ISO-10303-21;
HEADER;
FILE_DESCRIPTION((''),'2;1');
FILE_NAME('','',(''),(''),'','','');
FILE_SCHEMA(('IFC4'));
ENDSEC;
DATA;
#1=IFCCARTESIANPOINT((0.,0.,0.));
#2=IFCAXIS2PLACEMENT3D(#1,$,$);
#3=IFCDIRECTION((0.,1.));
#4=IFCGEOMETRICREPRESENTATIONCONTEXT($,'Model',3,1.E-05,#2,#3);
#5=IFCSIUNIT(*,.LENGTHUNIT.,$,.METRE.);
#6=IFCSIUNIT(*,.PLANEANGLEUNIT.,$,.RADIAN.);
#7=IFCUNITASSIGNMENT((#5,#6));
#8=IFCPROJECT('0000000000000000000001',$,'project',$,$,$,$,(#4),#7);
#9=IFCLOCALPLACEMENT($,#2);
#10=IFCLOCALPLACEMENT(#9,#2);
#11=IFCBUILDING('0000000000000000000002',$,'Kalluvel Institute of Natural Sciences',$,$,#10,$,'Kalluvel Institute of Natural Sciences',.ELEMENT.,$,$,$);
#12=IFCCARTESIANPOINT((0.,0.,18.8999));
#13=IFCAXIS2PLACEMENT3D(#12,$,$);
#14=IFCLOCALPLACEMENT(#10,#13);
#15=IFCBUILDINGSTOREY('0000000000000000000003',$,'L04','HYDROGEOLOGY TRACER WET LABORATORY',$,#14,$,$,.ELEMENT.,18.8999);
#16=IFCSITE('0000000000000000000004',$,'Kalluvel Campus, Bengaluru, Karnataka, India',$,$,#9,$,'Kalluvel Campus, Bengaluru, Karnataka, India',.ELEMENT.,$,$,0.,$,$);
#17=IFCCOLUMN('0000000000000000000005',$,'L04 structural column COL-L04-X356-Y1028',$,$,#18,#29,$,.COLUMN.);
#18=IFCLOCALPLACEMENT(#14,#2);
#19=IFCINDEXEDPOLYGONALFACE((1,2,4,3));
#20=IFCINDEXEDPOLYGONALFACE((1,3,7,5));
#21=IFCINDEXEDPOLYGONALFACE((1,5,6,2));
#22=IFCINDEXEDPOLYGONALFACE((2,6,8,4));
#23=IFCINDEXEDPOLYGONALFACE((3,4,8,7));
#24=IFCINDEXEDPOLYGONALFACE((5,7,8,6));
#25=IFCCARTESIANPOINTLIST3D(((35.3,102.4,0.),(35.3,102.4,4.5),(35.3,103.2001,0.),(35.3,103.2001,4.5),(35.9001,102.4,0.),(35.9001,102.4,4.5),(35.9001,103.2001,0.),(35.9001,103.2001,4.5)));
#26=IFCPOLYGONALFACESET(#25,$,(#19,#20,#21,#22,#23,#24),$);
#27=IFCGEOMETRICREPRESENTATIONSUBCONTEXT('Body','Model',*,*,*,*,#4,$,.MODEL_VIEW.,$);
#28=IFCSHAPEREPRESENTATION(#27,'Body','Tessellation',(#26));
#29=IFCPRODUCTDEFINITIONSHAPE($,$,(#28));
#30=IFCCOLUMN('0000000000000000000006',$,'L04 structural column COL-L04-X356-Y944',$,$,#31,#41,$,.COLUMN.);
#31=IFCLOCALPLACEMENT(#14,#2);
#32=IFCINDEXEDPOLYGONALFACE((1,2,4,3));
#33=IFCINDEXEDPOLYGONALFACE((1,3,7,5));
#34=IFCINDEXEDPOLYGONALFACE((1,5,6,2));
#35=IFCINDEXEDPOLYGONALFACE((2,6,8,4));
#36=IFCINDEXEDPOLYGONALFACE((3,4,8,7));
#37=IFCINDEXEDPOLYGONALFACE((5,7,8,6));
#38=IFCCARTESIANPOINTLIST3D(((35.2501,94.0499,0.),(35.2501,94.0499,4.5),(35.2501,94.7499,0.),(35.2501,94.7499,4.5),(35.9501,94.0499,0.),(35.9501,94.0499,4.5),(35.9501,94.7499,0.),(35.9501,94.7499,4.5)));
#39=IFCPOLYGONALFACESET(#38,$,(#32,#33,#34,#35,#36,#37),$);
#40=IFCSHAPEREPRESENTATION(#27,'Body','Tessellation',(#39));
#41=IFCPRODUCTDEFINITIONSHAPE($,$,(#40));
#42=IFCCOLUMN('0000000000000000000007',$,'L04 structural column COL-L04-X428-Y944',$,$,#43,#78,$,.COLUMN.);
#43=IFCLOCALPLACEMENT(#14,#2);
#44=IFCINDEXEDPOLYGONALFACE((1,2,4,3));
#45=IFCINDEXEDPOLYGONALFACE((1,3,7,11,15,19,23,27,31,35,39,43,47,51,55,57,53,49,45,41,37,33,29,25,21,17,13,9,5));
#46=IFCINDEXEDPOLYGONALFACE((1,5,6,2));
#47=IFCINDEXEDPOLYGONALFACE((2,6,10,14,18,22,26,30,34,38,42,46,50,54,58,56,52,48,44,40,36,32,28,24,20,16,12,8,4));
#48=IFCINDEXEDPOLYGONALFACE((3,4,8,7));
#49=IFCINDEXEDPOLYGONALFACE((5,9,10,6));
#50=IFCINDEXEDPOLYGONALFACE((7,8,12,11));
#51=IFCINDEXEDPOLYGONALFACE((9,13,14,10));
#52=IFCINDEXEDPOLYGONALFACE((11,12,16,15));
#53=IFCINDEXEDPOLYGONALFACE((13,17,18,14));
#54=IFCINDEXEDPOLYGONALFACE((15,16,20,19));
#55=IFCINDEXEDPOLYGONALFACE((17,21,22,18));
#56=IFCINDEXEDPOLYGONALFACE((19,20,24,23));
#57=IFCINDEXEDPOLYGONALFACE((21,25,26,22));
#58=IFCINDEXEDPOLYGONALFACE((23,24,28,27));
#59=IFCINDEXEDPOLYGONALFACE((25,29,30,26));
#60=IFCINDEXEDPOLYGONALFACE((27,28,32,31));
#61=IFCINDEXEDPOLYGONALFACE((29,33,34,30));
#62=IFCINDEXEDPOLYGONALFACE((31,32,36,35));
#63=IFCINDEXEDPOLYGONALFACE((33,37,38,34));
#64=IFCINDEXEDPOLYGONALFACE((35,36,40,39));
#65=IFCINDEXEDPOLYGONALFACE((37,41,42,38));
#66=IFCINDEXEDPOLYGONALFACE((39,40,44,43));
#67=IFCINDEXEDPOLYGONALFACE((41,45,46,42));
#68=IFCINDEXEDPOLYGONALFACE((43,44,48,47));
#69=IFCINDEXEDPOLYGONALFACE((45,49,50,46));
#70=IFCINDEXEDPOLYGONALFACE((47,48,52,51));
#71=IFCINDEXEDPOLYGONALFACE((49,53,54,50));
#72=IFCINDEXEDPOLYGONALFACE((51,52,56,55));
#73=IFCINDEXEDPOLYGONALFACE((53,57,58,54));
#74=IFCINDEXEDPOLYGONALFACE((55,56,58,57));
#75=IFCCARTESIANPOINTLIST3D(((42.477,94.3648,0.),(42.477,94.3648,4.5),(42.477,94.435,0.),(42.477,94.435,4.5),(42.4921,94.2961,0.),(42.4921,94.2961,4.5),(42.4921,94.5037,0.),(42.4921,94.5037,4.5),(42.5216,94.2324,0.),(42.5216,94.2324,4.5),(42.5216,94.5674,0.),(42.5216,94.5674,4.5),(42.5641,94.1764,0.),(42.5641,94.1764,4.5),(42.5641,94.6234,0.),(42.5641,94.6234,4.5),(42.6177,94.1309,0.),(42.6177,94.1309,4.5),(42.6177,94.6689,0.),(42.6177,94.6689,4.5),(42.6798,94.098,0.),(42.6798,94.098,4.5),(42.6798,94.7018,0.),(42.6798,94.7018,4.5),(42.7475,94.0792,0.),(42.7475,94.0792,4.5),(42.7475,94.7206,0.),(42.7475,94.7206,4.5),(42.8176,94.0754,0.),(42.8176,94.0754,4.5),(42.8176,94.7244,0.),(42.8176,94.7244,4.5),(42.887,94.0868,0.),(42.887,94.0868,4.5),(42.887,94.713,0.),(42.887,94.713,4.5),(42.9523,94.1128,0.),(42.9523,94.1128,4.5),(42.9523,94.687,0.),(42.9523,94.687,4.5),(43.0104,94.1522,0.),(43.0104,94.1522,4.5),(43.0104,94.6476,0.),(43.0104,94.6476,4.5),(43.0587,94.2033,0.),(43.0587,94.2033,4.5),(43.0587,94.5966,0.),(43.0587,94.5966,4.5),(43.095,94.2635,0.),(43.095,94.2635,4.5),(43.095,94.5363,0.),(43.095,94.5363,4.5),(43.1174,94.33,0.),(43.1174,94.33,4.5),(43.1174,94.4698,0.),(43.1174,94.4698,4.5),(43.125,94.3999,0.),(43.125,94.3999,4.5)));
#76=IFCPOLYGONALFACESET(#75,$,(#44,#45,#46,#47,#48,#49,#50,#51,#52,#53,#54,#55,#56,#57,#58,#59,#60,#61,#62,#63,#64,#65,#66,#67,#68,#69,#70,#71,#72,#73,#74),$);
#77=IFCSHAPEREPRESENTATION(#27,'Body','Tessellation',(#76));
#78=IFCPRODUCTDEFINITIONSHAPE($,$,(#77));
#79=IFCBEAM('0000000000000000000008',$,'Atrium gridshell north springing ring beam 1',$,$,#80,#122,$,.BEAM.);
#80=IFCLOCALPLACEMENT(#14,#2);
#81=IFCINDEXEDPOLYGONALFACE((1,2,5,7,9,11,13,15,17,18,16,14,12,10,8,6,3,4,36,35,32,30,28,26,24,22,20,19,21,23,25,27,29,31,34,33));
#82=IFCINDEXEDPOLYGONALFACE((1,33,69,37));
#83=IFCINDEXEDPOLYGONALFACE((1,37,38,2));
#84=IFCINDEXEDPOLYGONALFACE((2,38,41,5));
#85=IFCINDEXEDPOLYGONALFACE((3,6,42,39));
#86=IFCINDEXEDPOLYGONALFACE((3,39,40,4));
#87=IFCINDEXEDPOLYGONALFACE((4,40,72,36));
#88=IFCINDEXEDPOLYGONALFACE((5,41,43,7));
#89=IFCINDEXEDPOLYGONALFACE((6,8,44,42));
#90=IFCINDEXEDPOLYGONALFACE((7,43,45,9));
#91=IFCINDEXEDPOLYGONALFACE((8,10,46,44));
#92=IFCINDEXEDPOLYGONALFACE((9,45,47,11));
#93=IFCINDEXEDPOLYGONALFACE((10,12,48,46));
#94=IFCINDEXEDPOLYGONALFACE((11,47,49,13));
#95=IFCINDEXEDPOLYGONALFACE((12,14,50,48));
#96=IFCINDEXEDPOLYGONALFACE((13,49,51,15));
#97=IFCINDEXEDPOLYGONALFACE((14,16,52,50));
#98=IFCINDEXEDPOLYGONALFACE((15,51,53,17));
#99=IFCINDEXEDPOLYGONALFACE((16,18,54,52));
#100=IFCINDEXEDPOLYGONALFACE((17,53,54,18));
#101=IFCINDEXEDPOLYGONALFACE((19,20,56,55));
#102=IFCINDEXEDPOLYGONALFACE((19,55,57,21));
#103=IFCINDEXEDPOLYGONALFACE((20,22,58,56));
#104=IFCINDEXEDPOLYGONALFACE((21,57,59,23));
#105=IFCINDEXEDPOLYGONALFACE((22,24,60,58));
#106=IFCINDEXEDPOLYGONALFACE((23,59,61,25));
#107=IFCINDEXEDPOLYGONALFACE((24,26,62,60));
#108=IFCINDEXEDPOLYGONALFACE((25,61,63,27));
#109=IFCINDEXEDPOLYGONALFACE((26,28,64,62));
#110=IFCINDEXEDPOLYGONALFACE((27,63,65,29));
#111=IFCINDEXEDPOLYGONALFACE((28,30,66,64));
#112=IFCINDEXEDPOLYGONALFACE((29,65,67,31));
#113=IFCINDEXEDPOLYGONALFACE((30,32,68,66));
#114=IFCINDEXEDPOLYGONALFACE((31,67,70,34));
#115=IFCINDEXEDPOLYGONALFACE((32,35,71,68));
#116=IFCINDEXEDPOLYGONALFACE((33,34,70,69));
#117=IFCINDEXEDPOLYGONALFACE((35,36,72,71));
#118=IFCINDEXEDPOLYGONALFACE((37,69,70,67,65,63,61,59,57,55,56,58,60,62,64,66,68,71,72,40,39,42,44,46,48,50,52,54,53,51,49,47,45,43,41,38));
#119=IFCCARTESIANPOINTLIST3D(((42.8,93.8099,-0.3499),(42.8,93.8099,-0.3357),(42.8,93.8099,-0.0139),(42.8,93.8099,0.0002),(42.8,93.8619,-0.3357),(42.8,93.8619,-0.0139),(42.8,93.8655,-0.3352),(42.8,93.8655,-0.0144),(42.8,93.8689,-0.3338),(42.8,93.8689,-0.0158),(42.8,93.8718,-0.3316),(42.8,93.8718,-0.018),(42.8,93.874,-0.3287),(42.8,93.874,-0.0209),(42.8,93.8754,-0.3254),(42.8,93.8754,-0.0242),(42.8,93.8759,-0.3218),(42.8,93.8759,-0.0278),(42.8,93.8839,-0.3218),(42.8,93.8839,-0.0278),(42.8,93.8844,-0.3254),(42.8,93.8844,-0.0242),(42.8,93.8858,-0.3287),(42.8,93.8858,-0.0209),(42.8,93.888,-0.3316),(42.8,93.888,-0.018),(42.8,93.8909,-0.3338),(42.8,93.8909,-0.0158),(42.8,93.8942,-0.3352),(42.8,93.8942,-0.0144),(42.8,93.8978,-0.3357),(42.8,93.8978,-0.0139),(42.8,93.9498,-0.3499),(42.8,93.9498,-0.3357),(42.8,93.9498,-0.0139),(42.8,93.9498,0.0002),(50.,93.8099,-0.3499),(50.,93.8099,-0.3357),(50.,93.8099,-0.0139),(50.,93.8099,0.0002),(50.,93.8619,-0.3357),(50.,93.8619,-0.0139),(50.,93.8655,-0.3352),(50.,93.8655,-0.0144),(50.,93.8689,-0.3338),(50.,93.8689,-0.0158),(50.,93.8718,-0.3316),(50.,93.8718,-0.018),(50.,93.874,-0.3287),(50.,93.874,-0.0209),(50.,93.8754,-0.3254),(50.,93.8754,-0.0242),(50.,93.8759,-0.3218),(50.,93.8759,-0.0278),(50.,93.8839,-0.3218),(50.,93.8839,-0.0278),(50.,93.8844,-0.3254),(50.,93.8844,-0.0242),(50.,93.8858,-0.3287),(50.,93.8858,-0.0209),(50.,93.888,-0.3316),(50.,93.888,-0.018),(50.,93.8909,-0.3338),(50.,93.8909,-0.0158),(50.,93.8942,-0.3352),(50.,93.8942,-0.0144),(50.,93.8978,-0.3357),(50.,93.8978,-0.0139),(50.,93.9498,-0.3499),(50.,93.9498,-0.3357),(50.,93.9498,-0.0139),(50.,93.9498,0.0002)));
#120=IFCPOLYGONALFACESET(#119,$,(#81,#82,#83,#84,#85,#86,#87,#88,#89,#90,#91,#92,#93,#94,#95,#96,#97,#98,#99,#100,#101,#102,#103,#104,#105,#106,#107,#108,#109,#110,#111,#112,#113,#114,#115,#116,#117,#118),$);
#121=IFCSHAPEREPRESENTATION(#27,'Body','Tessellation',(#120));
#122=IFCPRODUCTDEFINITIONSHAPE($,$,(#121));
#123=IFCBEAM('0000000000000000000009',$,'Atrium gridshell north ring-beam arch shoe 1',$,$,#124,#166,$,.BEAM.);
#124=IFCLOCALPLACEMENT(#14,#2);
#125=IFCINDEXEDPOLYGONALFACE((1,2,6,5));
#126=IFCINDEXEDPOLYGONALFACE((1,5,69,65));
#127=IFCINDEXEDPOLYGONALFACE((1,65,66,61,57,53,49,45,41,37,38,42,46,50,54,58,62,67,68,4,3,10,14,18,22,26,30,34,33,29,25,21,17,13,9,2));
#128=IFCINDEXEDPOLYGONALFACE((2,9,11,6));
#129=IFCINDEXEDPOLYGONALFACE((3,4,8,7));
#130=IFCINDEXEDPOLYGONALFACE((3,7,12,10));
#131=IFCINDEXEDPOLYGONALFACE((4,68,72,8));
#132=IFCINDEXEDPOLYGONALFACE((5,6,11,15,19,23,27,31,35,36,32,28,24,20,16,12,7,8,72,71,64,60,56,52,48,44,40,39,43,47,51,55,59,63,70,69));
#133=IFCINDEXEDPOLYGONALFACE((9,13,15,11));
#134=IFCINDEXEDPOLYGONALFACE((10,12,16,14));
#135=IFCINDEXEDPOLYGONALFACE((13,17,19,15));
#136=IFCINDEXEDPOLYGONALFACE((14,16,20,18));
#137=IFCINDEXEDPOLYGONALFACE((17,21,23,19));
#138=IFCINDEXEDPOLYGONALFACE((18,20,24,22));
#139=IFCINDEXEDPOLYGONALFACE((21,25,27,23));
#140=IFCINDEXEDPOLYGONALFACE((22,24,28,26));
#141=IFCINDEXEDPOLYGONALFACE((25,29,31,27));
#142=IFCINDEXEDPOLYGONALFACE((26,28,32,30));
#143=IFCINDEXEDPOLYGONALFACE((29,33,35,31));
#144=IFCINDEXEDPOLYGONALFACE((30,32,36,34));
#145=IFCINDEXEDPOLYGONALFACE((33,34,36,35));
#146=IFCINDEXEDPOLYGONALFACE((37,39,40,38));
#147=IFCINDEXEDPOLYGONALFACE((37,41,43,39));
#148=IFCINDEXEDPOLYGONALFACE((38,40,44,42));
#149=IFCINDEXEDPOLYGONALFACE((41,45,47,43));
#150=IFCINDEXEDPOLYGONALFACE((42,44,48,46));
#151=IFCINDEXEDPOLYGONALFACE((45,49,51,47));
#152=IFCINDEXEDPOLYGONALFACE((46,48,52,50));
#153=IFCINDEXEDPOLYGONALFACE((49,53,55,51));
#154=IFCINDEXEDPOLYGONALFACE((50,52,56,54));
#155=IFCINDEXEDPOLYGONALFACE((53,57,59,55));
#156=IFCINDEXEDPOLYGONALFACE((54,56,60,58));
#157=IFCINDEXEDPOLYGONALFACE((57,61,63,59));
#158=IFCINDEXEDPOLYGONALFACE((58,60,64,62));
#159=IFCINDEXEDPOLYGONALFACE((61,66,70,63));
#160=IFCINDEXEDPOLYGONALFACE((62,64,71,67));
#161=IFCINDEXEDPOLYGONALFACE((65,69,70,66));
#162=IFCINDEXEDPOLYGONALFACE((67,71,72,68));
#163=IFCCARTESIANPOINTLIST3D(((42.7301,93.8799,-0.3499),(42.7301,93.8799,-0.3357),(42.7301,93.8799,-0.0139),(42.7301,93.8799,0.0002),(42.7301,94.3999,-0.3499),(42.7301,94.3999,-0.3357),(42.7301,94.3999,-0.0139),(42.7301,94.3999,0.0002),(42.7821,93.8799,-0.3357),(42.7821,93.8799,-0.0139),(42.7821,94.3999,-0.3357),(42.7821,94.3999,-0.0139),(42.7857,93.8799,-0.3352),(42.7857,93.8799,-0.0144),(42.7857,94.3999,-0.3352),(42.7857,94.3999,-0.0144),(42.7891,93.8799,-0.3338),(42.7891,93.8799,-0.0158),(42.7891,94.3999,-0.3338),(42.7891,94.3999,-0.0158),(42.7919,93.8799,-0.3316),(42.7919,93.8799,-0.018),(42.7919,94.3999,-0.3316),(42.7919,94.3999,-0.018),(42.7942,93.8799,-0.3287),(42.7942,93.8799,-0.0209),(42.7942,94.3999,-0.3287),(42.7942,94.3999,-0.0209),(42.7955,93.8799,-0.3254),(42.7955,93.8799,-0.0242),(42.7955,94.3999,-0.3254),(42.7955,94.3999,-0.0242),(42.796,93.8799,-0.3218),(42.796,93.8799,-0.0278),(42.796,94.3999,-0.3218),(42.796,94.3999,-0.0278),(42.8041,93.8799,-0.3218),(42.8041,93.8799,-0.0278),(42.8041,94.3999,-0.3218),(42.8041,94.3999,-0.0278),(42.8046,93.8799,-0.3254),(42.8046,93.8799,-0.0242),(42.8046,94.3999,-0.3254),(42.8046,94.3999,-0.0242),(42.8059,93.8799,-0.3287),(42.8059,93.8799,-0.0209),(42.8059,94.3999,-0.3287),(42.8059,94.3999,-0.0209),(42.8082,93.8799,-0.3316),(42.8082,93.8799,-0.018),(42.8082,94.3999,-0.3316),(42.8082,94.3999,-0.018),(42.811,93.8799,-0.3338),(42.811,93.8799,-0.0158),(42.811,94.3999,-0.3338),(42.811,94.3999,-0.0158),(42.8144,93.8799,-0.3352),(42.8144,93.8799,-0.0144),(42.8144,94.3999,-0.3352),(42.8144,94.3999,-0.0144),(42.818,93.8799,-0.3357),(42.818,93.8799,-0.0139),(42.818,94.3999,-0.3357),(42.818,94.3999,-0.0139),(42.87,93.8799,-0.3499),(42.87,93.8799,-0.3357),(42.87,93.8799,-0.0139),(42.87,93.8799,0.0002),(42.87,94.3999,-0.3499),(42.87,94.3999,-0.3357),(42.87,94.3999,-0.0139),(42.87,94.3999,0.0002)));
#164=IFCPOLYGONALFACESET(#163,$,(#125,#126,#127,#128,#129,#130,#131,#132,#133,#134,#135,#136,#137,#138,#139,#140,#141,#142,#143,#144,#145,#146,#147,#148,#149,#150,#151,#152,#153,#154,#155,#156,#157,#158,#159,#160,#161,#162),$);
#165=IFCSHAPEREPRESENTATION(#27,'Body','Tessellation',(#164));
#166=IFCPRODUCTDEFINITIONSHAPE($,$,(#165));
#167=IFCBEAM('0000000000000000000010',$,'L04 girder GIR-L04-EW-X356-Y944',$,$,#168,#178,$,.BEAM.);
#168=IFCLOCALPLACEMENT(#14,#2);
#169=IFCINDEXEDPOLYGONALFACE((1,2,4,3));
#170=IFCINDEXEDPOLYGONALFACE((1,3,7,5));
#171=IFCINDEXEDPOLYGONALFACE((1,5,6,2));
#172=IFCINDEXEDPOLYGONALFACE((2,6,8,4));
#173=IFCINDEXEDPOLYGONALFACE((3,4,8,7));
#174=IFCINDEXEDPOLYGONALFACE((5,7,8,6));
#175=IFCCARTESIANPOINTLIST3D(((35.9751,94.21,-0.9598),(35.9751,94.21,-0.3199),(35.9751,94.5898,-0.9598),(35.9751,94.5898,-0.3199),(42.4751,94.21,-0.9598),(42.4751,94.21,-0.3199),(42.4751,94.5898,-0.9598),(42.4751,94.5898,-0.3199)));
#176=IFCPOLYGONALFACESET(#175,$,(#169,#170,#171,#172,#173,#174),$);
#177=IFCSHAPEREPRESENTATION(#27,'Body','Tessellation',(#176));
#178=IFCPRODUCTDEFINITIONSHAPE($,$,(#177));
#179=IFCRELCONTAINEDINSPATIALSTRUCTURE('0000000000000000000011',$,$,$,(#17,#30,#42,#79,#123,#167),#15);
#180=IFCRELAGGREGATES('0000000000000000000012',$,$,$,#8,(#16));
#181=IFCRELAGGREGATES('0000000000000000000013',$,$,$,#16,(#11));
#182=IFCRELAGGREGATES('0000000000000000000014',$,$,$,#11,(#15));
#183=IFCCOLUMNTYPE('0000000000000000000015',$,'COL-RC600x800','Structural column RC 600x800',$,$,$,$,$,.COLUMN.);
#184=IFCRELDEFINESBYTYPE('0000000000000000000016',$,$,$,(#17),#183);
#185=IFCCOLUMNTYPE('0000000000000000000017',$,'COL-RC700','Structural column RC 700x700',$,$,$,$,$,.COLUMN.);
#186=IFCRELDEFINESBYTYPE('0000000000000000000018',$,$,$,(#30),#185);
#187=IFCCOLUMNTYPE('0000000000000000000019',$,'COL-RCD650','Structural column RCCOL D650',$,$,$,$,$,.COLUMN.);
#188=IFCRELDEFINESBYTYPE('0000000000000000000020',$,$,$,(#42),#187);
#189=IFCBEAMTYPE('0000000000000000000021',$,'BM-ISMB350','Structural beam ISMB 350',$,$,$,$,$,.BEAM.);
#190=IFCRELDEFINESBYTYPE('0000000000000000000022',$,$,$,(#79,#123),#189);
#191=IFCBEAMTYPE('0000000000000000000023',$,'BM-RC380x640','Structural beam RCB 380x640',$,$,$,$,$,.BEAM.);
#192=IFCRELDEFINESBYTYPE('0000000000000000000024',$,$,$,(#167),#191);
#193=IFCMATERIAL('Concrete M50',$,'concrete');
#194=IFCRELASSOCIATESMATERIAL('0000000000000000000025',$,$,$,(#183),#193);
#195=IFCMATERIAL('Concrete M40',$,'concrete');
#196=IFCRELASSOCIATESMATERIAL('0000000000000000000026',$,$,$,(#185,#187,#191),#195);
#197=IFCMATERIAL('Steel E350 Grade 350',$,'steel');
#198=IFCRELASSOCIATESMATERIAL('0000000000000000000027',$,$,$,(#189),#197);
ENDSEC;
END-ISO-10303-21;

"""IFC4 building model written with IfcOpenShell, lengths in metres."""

from ifc_helpers import new_model, si_unit, direction, frame, origin, origin_2d, place, context, subcontext, project, spatial, rectangle, circle, i_section, extrude, material, material_profile, profile_set, type_object, element, save


model = new_model("IFC4")

# Units and contexts
model_context = context("Model", 3, precision=1e-05, world=origin(), true_north=direction((0.0, 1.0)))
body_context = subcontext(model_context, "Body", "Model", "MODEL_VIEW")
ifc_project = project(units=[si_unit("LENGTHUNIT", "METRE"), si_unit("PLANEANGLEUNIT", "RADIAN")], contexts=[model_context])

# Site, building, storey
site_placement = place(None, origin())
site = spatial("IfcSite", under=ifc_project, at=site_placement, Name="Kalluvel Campus, Bengaluru, Karnataka, India", LongName="Kalluvel Campus, Bengaluru, Karnataka, India", CompositionType="ELEMENT", RefElevation=0.0)
building_placement = place(site_placement, origin())
building = spatial("IfcBuilding", under=site, at=building_placement, Name="Kalluvel Institute of Natural Sciences", LongName="Kalluvel Institute of Natural Sciences", CompositionType="ELEMENT")
storey_placement = place(building_placement, frame((0.0, 0.0, 18.8999)))
storey = spatial("IfcBuildingStorey", under=building, at=storey_placement, Name="L04", Description="HYDROGEOLOGY TRACER WET LABORATORY", CompositionType="ELEMENT", Elevation=18.8999)

# Columns
ifc_material_1 = material(Name="Concrete M50", Category="concrete")
ifc_material_profile_1 = material_profile(ifc_material_1, rectangle(XDim=0.6001, YDim=0.8, at=origin_2d()), Name="RC 600x800")
ifc_profile_set_1 = profile_set([ifc_material_profile_1], Name="Concrete M50")
column_type_1 = type_object("IfcColumnType", Name="COL-RC600x800", Description="Structural column RC 600x800", PredefinedType="COLUMN", material=ifc_profile_set_1)
column_1_placement = place(storey_placement, frame((35.6001, 102.8, 0.0), z_axis=(0.0, 0.0, 1.0), x_axis=(1.0, 0.0, 0.0)))
element("IfcColumn", 1, at=column_1_placement, inside=storey, type_object=column_type_1, Name="L04 structural column COL-L04-X356-Y1028", PredefinedType="COLUMN", context=body_context, shape_type="SweptSolid", body=[
    extrude(rectangle(XDim=0.6001, YDim=0.8, at=origin_2d()), origin(), (0.0, 0.0, 1.0), 4.5),
])
ifc_material_2 = material(Name="Concrete M40", Category="concrete")
ifc_material_profile_2 = material_profile(ifc_material_2, rectangle(XDim=0.7, YDim=0.7, at=origin_2d()), Name="RC 700x700")
ifc_profile_set_2 = profile_set([ifc_material_profile_2], Name="Concrete M40")
column_type_2 = type_object("IfcColumnType", Name="COL-RC700", Description="Structural column RC 700x700", PredefinedType="COLUMN", material=ifc_profile_set_2)
column_2_placement = place(storey_placement, frame((35.6001, 94.3999, 0.0), z_axis=(0.0, 0.0, 1.0), x_axis=(1.0, 0.0, 0.0)))
element("IfcColumn", 2, at=column_2_placement, inside=storey, type_object=column_type_2, Name="L04 structural column COL-L04-X356-Y944", PredefinedType="COLUMN", context=body_context, shape_type="SweptSolid", body=[
    extrude(rectangle(XDim=0.7, YDim=0.7, at=origin_2d()), origin(), (0.0, 0.0, 1.0), 4.5),
])
ifc_material_profile_3 = material_profile(ifc_material_2, circle(Radius=0.325, at=origin_2d()), Name="RCCOL D650")
ifc_profile_set_3 = profile_set([ifc_material_profile_3], Name="Concrete M40")
column_type_3 = type_object("IfcColumnType", Name="COL-RCD650", Description="Structural column RCCOL D650", PredefinedType="COLUMN", material=ifc_profile_set_3)
column_3_placement = place(storey_placement, frame((42.8, 94.3999, 0.0), z_axis=(0.0, 0.0, 1.0), x_axis=(1.0, 0.0, 0.0)))
element("IfcColumn", 3, at=column_3_placement, inside=storey, type_object=column_type_3, Name="L04 structural column COL-L04-X428-Y944", PredefinedType="COLUMN", context=body_context, shape_type="SweptSolid", body=[
    extrude(circle(Radius=0.325, at=origin_2d()), origin(), (0.0, 0.0, 1.0), 4.5),
])

# Beams
ifc_material_3 = material(Name="Steel E350 Grade 350", Category="steel")
ifc_material_profile_4 = material_profile(ifc_material_3, i_section(OverallWidth=0.1399, OverallDepth=0.3501, WebThickness=0.0081, FlangeThickness=0.0142, FilletRadius=0.0139, at=origin_2d()), Name="ISMB 350")
ifc_profile_set_4 = profile_set([ifc_material_profile_4], Name="Steel E350 Grade 350")
beam_type_1 = type_object("IfcBeamType", Name="BM-ISMB350", Description="Structural beam ISMB 350", PredefinedType="BEAM", material=ifc_profile_set_4)
beam_1_placement = place(storey_placement, frame((42.8, 93.8799, -0.1748), z_axis=(1.0, 0.0, 0.0), x_axis=(0.0, 1.0, 0.0)))
element("IfcBeam", 4, at=beam_1_placement, inside=storey, type_object=beam_type_1, Name="Atrium gridshell north springing ring beam 1", PredefinedType="BEAM", context=body_context, shape_type="SweptSolid", body=[
    extrude(i_section(OverallWidth=0.1399, OverallDepth=0.3501, WebThickness=0.0081, FlangeThickness=0.0142, FilletRadius=0.0139, at=origin_2d()), origin(), (0.0, 0.0, 1.0), 7.2),
])
beam_2_placement = place(storey_placement, frame((42.8, 93.8799, -0.1748), z_axis=(0.0, 1.0, 0.0), x_axis=(-1.0, 0.0, 0.0)))
element("IfcBeam", 5, at=beam_2_placement, inside=storey, type_object=beam_type_1, Name="Atrium gridshell north ring-beam arch shoe 1", PredefinedType="BEAM", context=body_context, shape_type="SweptSolid", body=[
    extrude(i_section(OverallWidth=0.1399, OverallDepth=0.3501, WebThickness=0.0081, FlangeThickness=0.0142, FilletRadius=0.0139, at=origin_2d()), origin(), (0.0, 0.0, 1.0), 0.52),
])
ifc_material_profile_5 = material_profile(ifc_material_2, rectangle(XDim=0.3799, YDim=0.6399, at=origin_2d()), Name="RCB 380x640")
ifc_profile_set_5 = profile_set([ifc_material_profile_5], Name="Concrete M40")
beam_type_2 = type_object("IfcBeamType", Name="BM-RC380x640", Description="Structural beam RCB 380x640", PredefinedType="BEAM", material=ifc_profile_set_5)
beam_3_placement = place(storey_placement, frame((35.9751, 94.3999, -0.6399), z_axis=(1.0, 0.0, 0.0), x_axis=(0.0, 1.0, 0.0)))
element("IfcBeam", 6, at=beam_3_placement, inside=storey, type_object=beam_type_2, Name="L04 girder GIR-L04-EW-X356-Y944", PredefinedType="BEAM", context=body_context, shape_type="SweptSolid", body=[
    extrude(rectangle(XDim=0.3799, YDim=0.6399, at=origin_2d()), origin(), (0.0, 0.0, 1.0), 6.5),
])

save(model, "model.ifc")
